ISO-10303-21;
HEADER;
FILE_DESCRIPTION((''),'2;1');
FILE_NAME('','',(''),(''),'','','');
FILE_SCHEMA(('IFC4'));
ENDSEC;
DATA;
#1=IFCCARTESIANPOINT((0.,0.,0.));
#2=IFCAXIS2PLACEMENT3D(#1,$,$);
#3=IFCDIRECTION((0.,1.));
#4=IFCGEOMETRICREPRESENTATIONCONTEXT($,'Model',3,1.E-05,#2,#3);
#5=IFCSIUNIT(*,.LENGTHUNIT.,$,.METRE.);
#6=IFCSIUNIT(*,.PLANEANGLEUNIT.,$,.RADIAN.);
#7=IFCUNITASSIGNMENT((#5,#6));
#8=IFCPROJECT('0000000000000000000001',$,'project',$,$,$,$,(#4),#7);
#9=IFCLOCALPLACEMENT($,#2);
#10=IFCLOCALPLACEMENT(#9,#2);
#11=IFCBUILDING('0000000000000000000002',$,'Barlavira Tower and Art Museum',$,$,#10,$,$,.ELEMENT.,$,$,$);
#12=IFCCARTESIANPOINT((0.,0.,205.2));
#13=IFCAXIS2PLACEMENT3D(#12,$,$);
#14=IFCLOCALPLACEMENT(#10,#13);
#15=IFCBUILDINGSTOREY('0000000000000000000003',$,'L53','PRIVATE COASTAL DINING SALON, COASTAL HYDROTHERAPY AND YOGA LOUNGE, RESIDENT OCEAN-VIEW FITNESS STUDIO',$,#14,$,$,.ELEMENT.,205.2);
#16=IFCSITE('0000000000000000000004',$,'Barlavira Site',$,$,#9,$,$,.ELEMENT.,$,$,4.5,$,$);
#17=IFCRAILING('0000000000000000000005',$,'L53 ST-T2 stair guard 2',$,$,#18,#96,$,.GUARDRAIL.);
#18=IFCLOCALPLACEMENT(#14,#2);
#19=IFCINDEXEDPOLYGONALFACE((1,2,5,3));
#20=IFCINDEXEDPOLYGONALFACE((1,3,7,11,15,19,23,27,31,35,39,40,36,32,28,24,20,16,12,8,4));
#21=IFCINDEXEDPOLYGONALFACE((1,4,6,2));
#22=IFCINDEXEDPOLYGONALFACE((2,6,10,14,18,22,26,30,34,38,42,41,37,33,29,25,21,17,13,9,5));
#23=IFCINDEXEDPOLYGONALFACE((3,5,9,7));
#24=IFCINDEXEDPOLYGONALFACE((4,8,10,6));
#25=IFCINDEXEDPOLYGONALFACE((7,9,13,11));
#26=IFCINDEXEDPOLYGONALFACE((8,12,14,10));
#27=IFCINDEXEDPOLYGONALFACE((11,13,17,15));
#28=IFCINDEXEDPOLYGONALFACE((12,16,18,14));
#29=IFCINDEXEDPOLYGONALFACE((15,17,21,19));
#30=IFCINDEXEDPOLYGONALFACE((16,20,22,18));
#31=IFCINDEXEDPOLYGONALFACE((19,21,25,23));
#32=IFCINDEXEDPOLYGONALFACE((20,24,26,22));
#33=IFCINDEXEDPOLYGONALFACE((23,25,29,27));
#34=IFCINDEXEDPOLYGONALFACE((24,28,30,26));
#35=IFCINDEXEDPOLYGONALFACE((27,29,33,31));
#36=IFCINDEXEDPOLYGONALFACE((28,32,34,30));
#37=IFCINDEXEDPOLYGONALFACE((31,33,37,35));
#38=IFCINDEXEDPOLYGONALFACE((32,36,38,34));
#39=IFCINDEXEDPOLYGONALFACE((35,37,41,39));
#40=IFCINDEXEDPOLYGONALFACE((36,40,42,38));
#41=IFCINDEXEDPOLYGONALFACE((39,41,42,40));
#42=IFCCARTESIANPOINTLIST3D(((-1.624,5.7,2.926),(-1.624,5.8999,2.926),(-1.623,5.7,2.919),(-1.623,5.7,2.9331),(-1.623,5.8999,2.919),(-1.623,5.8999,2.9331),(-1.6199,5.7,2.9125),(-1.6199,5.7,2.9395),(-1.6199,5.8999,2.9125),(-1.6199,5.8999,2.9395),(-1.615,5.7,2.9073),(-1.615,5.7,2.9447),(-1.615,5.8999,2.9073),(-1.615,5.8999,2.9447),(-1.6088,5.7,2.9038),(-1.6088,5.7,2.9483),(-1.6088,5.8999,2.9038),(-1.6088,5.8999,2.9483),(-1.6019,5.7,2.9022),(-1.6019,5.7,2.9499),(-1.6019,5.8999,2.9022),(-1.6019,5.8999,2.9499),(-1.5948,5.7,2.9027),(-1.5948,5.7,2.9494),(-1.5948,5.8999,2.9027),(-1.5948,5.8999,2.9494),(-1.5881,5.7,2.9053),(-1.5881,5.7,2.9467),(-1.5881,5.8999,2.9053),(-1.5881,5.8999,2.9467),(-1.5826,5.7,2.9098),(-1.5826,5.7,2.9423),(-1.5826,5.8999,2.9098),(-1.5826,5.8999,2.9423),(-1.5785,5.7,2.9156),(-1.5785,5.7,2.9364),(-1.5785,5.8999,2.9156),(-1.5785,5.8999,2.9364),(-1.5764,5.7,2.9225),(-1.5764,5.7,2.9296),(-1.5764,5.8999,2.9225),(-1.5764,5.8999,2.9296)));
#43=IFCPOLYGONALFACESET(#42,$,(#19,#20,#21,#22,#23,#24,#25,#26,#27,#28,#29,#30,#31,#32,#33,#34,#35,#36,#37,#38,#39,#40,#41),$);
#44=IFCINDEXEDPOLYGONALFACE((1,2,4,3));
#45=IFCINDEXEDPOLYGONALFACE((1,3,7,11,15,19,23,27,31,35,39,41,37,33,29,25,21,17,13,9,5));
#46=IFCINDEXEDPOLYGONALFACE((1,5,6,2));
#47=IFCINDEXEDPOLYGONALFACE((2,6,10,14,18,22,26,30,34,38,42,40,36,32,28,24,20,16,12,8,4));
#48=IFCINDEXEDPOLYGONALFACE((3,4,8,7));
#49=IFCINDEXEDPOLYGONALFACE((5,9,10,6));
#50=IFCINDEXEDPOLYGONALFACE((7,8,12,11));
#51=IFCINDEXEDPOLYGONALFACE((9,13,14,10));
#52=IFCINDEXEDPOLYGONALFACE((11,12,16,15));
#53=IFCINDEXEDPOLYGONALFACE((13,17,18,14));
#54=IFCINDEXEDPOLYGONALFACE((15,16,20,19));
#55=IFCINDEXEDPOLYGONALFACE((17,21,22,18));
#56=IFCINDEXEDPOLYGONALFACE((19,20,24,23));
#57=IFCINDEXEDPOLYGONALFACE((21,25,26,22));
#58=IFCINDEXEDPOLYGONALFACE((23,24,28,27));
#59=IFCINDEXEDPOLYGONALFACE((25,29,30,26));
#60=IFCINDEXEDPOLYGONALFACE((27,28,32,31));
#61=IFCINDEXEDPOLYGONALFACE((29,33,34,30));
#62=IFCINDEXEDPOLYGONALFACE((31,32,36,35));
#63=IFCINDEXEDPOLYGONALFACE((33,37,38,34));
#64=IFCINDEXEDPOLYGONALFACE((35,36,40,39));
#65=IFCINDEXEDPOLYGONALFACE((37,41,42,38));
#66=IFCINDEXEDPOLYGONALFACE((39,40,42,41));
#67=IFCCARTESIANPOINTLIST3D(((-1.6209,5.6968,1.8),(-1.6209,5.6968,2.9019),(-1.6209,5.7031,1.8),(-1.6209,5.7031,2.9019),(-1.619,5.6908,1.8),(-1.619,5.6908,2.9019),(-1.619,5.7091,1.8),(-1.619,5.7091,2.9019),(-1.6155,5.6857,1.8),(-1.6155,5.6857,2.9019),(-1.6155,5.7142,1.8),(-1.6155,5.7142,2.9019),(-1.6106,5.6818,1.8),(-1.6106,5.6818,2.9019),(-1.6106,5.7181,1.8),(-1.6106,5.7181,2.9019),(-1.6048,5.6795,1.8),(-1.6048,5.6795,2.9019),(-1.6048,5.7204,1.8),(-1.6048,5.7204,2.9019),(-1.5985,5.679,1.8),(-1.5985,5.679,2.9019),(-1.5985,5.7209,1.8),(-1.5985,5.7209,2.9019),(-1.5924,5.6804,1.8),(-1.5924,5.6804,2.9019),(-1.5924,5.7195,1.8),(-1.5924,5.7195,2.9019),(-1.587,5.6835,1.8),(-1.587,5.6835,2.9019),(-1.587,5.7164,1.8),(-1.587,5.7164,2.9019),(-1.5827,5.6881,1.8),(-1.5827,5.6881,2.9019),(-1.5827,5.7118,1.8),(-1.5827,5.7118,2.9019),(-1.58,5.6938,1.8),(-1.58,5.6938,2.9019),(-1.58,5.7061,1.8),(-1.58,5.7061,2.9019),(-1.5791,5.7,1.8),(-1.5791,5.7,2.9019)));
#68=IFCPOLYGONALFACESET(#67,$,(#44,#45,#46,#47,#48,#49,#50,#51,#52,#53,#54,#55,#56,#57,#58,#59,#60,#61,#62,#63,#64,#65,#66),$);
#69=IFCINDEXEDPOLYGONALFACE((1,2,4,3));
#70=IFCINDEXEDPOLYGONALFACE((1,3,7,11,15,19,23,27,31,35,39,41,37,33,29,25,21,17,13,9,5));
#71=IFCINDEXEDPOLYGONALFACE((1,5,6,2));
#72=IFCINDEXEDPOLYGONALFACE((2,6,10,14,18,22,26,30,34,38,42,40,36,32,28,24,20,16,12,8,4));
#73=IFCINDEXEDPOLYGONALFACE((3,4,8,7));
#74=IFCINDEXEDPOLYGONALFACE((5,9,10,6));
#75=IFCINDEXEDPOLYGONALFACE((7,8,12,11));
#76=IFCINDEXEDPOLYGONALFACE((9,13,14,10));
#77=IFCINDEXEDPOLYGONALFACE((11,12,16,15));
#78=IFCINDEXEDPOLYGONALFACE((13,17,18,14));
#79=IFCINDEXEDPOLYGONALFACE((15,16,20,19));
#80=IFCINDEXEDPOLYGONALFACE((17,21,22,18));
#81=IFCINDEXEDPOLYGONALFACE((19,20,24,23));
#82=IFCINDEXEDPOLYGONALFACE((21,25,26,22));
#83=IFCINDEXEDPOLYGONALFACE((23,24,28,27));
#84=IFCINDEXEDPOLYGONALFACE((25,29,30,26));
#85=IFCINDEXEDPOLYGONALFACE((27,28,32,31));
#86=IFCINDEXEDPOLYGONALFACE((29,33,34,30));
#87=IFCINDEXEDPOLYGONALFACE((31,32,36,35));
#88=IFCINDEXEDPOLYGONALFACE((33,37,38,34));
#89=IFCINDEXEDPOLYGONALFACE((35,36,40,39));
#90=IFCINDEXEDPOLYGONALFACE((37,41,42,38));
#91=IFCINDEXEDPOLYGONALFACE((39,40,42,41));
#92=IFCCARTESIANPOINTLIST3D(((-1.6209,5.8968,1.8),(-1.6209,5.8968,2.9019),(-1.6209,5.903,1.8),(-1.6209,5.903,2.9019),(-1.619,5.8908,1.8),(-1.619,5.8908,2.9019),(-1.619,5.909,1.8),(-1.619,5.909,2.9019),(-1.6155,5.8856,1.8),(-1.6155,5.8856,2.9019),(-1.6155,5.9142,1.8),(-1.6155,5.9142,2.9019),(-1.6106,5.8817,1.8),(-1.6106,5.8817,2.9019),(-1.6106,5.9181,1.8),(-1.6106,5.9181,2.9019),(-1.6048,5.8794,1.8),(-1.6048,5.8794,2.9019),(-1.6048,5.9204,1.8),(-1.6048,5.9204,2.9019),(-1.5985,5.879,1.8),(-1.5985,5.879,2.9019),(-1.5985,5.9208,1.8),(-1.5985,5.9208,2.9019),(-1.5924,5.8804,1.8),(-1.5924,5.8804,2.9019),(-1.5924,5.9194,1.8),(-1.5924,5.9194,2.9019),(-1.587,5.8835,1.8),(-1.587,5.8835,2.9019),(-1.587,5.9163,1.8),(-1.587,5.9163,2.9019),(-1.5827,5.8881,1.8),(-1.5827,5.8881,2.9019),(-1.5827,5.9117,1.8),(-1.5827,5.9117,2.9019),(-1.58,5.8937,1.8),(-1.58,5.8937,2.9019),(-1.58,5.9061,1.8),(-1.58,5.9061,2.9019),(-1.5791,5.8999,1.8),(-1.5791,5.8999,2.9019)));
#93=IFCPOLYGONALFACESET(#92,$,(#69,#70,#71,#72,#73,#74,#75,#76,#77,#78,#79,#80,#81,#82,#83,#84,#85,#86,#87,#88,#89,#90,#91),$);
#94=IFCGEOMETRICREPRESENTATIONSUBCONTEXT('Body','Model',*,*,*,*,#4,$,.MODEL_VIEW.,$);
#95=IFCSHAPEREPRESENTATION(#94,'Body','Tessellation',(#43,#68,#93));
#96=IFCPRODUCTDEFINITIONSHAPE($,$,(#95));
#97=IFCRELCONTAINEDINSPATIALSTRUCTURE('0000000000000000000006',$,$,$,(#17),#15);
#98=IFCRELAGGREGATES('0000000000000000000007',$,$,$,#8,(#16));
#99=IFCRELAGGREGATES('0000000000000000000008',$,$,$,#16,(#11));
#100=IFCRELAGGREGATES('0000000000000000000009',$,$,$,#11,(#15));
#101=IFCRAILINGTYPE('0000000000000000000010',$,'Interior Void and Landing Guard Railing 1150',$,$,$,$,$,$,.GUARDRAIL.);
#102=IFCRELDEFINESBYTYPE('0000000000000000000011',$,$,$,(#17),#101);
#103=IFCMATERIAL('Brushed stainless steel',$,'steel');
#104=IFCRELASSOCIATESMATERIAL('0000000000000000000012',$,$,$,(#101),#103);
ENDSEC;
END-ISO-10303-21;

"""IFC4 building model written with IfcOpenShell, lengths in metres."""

from ifc_helpers import new_model, si_unit, direction, frame, origin, origin_2d, place, context, subcontext, project, spatial, circle, extrude, material, type_object, element, save


model = new_model("IFC4")

# Units and contexts
model_context = context("Model", 3, precision=1e-05, world=origin(), true_north=direction((0.0, 1.0)))
body_context = subcontext(model_context, "Body", "Model", "MODEL_VIEW")
ifc_project = project(units=[si_unit("LENGTHUNIT", "METRE"), si_unit("PLANEANGLEUNIT", "RADIAN")], contexts=[model_context])

# Site, building, storey
site_placement = place(None, origin())
site = spatial("IfcSite", under=ifc_project, at=site_placement, Name="Barlavira Site", CompositionType="ELEMENT", RefElevation=4.5)
building_placement = place(site_placement, origin())
building = spatial("IfcBuilding", under=site, at=building_placement, Name="Barlavira Tower and Art Museum", CompositionType="ELEMENT")
storey_placement = place(building_placement, frame((0.0, 0.0, 205.2)))
storey = spatial("IfcBuildingStorey", under=building, at=storey_placement, Name="L53", Description="PRIVATE COASTAL DINING SALON, COASTAL HYDROTHERAPY AND YOGA LOUNGE, RESIDENT OCEAN-VIEW FITNESS STUDIO", CompositionType="ELEMENT", Elevation=205.2)

# Shared definitions
ifc_material_1 = material(Name="Brushed stainless steel", Category="steel")

# Railing
railing_type_1 = type_object("IfcRailingType", Name="Interior Void and Landing Guard Railing 1150", PredefinedType="GUARDRAIL", material=ifc_material_1)
railing_1_placement = place(storey_placement, frame((-1.6001, 5.7, 1.8)))
element("IfcRailing", 1, at=railing_1_placement, inside=storey, type_object=railing_type_1, Name="L53 ST-T2 stair guard 2", PredefinedType="GUARDRAIL", context=body_context, shape_type="SweptSolid", body=[
    extrude(circle(Radius=0.0239, at=origin_2d()), frame((0.0, 0.0, 1.126), z_axis=(0.0, 1.0, 0.0), x_axis=(-1.0, 0.0, 0.0)), (0.0, 0.0, 1.0), 0.2),
    extrude(circle(Radius=0.021, at=origin_2d()), origin(), (0.0, 0.0, 1.0), 1.1018),
    extrude(circle(Radius=0.021, at=origin_2d()), frame((0.0, 0.2, 0.0)), (0.0, 0.0, 1.0), 1.1018),
])

save(model, "model.ifc")
